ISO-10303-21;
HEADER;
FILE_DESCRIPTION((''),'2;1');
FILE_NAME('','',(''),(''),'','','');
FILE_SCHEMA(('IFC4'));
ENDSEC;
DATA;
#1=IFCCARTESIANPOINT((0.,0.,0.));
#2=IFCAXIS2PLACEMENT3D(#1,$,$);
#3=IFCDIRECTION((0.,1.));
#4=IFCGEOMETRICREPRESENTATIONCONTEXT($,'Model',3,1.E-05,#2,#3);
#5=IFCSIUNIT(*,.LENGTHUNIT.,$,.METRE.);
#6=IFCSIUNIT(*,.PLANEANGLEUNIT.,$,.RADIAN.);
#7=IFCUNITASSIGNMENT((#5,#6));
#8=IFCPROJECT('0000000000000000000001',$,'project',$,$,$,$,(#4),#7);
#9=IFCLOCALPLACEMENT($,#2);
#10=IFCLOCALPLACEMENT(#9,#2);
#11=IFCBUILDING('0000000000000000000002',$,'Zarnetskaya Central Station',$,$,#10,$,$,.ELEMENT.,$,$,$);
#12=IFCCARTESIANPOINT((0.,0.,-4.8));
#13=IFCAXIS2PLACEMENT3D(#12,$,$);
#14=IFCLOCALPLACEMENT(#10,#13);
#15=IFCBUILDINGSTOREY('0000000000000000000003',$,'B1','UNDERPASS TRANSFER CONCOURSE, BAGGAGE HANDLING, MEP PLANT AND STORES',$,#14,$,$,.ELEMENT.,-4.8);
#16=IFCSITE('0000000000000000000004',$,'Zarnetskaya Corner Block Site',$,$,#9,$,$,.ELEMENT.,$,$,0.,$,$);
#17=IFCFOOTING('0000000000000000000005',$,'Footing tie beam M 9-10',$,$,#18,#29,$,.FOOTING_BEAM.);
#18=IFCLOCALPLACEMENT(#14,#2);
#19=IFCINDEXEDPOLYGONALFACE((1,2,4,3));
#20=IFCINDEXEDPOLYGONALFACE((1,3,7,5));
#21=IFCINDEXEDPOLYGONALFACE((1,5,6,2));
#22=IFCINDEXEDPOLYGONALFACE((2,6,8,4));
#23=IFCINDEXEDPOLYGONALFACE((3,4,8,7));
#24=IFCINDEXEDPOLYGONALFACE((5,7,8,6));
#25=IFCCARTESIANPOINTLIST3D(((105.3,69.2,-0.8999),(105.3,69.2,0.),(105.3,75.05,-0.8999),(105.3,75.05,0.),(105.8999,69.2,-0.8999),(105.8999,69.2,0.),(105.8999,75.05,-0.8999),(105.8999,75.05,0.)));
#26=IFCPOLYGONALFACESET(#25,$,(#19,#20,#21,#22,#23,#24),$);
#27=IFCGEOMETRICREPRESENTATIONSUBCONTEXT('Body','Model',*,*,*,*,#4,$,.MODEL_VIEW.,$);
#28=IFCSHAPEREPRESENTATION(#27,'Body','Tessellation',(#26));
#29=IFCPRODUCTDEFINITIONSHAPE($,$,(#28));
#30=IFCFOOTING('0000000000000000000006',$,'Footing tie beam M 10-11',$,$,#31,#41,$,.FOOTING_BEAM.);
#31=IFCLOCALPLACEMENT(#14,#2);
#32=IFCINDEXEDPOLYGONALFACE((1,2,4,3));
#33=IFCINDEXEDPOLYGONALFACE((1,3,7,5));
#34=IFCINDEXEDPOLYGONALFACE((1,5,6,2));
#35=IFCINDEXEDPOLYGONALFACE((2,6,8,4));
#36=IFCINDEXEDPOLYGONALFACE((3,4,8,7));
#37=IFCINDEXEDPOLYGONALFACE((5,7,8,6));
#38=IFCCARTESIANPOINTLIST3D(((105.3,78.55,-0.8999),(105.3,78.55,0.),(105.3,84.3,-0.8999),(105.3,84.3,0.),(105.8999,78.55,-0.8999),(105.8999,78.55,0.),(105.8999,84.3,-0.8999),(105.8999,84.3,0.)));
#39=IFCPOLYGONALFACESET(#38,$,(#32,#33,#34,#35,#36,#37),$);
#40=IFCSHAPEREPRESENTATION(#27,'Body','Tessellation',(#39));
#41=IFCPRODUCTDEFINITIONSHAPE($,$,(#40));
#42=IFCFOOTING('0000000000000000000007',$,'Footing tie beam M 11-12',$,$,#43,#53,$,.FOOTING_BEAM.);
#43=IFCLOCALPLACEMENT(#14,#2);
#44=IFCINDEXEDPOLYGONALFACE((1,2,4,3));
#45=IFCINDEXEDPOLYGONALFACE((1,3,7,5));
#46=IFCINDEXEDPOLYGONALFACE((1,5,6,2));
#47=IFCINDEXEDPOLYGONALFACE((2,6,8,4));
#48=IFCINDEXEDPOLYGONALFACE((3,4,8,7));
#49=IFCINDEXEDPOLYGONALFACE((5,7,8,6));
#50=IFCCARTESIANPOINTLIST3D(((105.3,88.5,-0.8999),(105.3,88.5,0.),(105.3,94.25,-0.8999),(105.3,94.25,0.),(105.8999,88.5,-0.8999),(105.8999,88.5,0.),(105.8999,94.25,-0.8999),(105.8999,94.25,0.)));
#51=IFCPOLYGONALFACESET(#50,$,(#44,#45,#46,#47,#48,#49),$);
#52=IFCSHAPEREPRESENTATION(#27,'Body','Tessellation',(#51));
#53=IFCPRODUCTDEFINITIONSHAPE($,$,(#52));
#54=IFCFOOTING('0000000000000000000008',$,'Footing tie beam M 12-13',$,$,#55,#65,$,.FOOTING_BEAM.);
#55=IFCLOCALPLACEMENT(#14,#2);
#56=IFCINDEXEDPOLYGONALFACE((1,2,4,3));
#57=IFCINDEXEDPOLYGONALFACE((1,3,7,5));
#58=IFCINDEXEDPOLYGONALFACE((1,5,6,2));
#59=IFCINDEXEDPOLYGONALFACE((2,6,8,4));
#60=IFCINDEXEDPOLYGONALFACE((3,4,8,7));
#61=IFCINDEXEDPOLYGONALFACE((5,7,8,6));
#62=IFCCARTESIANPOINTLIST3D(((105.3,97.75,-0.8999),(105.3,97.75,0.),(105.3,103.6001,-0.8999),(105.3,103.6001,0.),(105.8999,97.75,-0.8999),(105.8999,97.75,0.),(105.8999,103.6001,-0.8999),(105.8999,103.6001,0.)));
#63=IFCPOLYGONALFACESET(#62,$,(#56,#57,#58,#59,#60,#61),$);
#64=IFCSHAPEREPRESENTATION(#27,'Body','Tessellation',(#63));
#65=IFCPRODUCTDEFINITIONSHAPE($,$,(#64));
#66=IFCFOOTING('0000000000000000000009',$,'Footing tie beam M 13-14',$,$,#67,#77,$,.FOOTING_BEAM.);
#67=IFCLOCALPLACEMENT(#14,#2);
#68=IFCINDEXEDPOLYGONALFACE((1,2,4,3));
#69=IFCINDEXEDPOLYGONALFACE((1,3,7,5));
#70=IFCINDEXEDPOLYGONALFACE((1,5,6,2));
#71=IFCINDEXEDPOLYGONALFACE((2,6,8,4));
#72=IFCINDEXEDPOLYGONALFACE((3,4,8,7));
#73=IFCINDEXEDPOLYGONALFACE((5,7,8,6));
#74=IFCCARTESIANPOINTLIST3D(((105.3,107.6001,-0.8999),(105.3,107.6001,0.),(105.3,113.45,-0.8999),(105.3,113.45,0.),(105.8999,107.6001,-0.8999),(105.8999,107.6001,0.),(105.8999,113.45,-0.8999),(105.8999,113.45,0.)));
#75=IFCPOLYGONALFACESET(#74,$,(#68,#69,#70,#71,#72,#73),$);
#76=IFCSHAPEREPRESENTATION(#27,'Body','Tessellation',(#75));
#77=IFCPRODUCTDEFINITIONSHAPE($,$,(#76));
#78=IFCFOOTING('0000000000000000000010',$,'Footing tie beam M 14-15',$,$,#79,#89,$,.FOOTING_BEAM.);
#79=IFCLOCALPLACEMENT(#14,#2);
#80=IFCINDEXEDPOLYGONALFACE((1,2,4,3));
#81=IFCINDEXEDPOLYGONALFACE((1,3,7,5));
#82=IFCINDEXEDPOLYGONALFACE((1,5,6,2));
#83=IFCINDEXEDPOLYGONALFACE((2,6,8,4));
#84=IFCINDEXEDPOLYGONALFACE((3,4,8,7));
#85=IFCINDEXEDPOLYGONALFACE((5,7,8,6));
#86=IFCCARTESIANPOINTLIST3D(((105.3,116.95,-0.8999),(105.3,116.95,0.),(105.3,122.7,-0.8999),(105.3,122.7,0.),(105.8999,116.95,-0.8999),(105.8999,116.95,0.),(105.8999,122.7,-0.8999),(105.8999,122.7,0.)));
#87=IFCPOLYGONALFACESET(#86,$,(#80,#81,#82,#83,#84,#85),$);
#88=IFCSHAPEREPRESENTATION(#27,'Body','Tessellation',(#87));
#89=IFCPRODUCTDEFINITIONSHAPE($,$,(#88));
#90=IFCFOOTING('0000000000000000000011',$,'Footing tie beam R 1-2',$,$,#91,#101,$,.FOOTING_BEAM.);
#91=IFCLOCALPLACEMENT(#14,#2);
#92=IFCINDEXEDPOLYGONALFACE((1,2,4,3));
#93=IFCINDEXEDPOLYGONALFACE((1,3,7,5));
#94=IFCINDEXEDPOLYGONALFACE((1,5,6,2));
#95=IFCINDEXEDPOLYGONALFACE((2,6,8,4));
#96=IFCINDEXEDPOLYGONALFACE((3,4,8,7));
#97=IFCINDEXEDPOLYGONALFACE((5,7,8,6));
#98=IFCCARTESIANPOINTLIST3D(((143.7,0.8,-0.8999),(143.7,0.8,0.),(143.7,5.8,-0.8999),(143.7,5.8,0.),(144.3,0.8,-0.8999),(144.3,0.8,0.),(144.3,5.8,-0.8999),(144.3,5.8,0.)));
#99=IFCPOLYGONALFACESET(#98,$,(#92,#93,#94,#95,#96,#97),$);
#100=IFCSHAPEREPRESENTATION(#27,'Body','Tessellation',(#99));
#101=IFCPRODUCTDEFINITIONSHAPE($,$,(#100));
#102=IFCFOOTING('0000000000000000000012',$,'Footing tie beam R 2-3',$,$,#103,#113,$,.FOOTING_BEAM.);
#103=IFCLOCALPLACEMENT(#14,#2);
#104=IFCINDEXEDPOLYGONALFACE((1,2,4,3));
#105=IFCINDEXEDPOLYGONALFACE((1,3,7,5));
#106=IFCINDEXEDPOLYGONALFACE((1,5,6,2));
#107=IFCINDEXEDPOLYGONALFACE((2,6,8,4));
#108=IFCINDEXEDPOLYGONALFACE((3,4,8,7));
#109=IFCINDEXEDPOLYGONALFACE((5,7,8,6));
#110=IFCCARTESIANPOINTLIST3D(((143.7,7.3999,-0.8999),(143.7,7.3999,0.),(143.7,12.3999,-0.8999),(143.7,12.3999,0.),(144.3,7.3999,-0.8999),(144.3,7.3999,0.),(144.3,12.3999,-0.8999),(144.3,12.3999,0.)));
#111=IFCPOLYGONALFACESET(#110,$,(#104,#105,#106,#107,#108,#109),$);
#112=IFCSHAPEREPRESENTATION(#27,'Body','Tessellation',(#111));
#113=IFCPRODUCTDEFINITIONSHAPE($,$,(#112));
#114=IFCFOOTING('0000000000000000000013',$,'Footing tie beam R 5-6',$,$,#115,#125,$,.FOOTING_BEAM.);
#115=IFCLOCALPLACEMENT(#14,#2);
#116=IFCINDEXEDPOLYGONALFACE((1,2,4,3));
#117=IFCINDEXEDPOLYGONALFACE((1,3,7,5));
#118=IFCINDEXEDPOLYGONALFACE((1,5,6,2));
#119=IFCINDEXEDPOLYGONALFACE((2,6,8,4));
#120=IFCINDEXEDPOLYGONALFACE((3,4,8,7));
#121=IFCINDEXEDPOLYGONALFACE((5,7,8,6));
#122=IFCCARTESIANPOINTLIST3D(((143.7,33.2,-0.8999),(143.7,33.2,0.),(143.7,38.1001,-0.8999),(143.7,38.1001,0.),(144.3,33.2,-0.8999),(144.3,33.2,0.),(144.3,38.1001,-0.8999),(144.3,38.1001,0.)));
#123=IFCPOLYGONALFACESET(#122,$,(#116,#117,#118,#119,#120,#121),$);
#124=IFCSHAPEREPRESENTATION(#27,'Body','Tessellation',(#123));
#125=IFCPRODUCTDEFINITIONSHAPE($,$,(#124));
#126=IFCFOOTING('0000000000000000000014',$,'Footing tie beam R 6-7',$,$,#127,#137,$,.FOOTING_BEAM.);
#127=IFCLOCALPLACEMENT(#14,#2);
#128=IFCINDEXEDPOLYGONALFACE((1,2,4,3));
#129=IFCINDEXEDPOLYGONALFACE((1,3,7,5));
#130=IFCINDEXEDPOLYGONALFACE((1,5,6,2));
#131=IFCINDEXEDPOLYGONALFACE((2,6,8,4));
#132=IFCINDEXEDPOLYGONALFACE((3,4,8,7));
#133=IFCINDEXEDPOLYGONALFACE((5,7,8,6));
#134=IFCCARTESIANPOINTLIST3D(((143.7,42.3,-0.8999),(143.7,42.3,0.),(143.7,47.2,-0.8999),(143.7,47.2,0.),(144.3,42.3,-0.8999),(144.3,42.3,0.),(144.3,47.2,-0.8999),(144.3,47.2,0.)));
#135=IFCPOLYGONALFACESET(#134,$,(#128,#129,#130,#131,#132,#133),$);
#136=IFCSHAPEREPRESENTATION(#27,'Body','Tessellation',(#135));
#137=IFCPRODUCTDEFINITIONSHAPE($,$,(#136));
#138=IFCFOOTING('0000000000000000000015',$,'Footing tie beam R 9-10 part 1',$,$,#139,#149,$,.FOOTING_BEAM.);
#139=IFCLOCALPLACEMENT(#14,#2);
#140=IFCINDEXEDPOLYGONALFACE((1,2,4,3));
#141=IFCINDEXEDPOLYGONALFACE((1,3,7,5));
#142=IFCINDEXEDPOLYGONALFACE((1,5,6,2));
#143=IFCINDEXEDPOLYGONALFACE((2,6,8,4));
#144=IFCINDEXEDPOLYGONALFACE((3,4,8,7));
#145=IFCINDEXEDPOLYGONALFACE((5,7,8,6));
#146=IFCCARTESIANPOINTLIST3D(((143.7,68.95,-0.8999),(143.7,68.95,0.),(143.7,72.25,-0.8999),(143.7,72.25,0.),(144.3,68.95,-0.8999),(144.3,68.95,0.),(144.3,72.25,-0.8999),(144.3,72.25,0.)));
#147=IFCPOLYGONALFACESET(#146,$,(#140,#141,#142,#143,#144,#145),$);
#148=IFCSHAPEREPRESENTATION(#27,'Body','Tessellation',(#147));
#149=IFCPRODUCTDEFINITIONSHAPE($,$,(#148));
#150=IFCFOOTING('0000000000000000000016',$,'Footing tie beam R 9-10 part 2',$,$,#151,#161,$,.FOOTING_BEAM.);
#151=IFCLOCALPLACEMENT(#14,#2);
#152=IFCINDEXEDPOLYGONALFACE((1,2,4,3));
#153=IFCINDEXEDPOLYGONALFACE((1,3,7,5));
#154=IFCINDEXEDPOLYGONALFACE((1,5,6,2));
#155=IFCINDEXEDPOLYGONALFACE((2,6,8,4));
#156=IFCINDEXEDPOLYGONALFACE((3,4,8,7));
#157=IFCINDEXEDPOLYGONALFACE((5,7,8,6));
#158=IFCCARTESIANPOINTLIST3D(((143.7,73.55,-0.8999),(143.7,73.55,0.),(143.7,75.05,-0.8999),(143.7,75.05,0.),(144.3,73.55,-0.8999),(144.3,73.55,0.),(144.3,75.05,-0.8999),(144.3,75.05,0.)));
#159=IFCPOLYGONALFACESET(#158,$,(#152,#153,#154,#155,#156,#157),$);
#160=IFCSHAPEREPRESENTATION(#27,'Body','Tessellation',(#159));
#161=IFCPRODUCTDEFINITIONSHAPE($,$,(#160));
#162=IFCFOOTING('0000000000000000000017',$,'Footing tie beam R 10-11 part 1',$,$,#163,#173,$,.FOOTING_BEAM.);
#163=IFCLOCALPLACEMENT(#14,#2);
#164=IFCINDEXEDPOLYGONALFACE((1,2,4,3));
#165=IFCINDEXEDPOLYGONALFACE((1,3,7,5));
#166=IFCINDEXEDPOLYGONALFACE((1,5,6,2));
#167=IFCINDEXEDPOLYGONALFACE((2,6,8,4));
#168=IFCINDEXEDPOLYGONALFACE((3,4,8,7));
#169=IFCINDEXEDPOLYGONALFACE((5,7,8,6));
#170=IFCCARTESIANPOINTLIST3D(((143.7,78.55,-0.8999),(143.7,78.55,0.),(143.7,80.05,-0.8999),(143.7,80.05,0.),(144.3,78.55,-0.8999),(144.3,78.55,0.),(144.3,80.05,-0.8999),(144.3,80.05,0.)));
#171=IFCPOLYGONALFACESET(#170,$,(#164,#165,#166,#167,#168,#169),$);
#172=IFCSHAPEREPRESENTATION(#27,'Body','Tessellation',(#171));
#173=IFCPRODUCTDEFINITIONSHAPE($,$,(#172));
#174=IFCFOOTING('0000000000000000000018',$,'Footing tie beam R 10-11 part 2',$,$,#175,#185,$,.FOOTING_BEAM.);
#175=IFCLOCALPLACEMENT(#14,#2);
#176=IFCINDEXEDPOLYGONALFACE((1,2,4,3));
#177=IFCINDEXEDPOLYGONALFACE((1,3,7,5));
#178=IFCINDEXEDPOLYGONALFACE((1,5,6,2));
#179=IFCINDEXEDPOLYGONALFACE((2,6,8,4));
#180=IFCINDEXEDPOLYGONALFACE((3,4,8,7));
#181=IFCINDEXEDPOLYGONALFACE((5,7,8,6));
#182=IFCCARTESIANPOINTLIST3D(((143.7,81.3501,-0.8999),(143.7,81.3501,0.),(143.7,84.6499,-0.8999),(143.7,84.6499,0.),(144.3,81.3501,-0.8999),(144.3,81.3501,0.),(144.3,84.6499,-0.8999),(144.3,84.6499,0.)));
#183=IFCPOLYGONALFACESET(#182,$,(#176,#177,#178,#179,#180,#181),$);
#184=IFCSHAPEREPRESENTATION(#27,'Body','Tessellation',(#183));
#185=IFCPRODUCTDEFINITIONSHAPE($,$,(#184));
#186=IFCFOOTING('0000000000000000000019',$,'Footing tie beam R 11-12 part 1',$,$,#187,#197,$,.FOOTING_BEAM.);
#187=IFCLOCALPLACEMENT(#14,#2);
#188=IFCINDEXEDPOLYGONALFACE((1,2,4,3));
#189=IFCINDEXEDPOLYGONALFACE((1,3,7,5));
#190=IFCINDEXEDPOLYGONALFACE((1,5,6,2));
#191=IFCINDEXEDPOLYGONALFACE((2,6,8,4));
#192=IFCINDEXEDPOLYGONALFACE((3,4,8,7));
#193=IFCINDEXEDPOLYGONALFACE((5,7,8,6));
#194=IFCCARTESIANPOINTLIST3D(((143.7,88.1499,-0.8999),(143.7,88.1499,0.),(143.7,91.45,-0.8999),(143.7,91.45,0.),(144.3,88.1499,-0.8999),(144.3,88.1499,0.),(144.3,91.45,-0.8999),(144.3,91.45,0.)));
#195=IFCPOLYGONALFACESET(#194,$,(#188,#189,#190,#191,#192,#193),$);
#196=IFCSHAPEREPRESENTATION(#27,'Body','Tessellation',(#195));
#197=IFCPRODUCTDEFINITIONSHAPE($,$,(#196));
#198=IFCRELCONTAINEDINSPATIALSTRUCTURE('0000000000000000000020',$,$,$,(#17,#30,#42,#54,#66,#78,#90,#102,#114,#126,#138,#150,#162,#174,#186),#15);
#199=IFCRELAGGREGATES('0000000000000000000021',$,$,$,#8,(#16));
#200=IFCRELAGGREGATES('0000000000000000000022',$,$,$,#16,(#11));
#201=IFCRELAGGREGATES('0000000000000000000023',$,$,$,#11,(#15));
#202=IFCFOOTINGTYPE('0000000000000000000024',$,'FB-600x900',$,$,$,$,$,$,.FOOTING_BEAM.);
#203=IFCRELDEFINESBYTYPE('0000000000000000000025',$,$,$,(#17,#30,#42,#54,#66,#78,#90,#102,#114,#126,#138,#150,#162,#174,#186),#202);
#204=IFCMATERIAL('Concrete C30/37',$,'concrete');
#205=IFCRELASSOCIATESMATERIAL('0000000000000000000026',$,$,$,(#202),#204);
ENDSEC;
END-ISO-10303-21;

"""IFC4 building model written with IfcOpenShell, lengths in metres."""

from ifc_helpers import new_model, si_unit, direction, frame, origin, place, context, subcontext, project, spatial, polyline, outline, extrude, material, type_object, element, save


model = new_model("IFC4")

# Units and contexts
model_context = context("Model", 3, precision=1e-05, world=origin(), true_north=direction((0.0, 1.0)))
body_context = subcontext(model_context, "Body", "Model", "MODEL_VIEW")
ifc_project = project(units=[si_unit("LENGTHUNIT", "METRE"), si_unit("PLANEANGLEUNIT", "RADIAN")], contexts=[model_context])

# Site, building, storey
site_placement = place(None, origin())
site = spatial("IfcSite", under=ifc_project, at=site_placement, Name="Zarnetskaya Corner Block Site", CompositionType="ELEMENT", RefElevation=0.0)
building_placement = place(site_placement, origin())
building = spatial("IfcBuilding", under=site, at=building_placement, Name="Zarnetskaya Central Station", CompositionType="ELEMENT")
storey_placement = place(building_placement, frame((0.0, 0.0, -4.8)))
storey = spatial("IfcBuildingStorey", under=building, at=storey_placement, Name="B1", Description="UNDERPASS TRANSFER CONCOURSE, BAGGAGE HANDLING, MEP PLANT AND STORES", CompositionType="ELEMENT", Elevation=-4.8)

# Footings
ifc_material = material(Name="Concrete C30/37", Category="concrete")
footing_type = type_object("IfcFootingType", Name="FB-600x900", PredefinedType="FOOTING_BEAM", material=ifc_material)
footing_1_placement = place(storey_placement, frame((0.0, 0.0, -0.8999)))
element("IfcFooting", 1, at=footing_1_placement, inside=storey, type_object=footing_type, Name="Footing tie beam M 9-10", PredefinedType="FOOTING_BEAM", context=body_context, shape_type="SweptSolid", body=[
    extrude(outline(polyline([(105.3, 69.2), (105.8999, 69.2), (105.8999, 75.05), (105.3, 75.05), (105.3, 69.2)])), origin(), (0.0, 0.0, 1.0), 0.8999),
])
footing_2_placement = place(storey_placement, frame((0.0, 0.0, -0.8999)))
element("IfcFooting", 2, at=footing_2_placement, inside=storey, type_object=footing_type, Name="Footing tie beam M 10-11", PredefinedType="FOOTING_BEAM", context=body_context, shape_type="SweptSolid", body=[
    extrude(outline(polyline([(105.3, 78.55), (105.8999, 78.55), (105.8999, 84.3), (105.3, 84.3), (105.3, 78.55)])), origin(), (0.0, 0.0, 1.0), 0.8999),
])
footing_3_placement = place(storey_placement, frame((0.0, 0.0, -0.8999)))
element("IfcFooting", 3, at=footing_3_placement, inside=storey, type_object=footing_type, Name="Footing tie beam M 11-12", PredefinedType="FOOTING_BEAM", context=body_context, shape_type="SweptSolid", body=[
    extrude(outline(polyline([(105.3, 88.5), (105.8999, 88.5), (105.8999, 94.25), (105.3, 94.25), (105.3, 88.5)])), origin(), (0.0, 0.0, 1.0), 0.8999),
])
footing_4_placement = place(storey_placement, frame((0.0, 0.0, -0.8999)))
element("IfcFooting", 4, at=footing_4_placement, inside=storey, type_object=footing_type, Name="Footing tie beam M 12-13", PredefinedType="FOOTING_BEAM", context=body_context, shape_type="SweptSolid", body=[
    extrude(outline(polyline([(105.3, 97.75), (105.8999, 97.75), (105.8999, 103.6001), (105.3, 103.6001), (105.3, 97.75)])), origin(), (0.0, 0.0, 1.0), 0.8999),
])
footing_5_placement = place(storey_placement, frame((0.0, 0.0, -0.8999)))
element("IfcFooting", 5, at=footing_5_placement, inside=storey, type_object=footing_type, Name="Footing tie beam M 13-14", PredefinedType="FOOTING_BEAM", context=body_context, shape_type="SweptSolid", body=[
    extrude(outline(polyline([(105.3, 107.6001), (105.8999, 107.6001), (105.8999, 113.45), (105.3, 113.45), (105.3, 107.6001)])), origin(), (0.0, 0.0, 1.0), 0.8999),
])
footing_6_placement = place(storey_placement, frame((0.0, 0.0, -0.8999)))
element("IfcFooting", 6, at=footing_6_placement, inside=storey, type_object=footing_type, Name="Footing tie beam M 14-15", PredefinedType="FOOTING_BEAM", context=body_context, shape_type="SweptSolid", body=[
    extrude(outline(polyline([(105.3, 116.95), (105.8999, 116.95), (105.8999, 122.7), (105.3, 122.7), (105.3, 116.95)])), origin(), (0.0, 0.0, 1.0), 0.8999),
])
footing_7_placement = place(storey_placement, frame((0.0, 0.0, -0.8999)))
element("IfcFooting", 7, at=footing_7_placement, inside=storey, type_object=footing_type, Name="Footing tie beam R 1-2", PredefinedType="FOOTING_BEAM", context=body_context, shape_type="SweptSolid", body=[
    extrude(outline(polyline([(143.7, 0.8), (144.3, 0.8), (144.3, 5.8), (143.7, 5.8), (143.7, 0.8)])), origin(), (0.0, 0.0, 1.0), 0.8999),
])
footing_8_placement = place(storey_placement, frame((0.0, 0.0, -0.8999)))
element("IfcFooting", 8, at=footing_8_placement, inside=storey, type_object=footing_type, Name="Footing tie beam R 2-3", PredefinedType="FOOTING_BEAM", context=body_context, shape_type="SweptSolid", body=[
    extrude(outline(polyline([(143.7, 7.3999), (144.3, 7.3999), (144.3, 12.3999), (143.7, 12.3999), (143.7, 7.3999)])), origin(), (0.0, 0.0, 1.0), 0.8999),
])
footing_9_placement = place(storey_placement, frame((0.0, 0.0, -0.8999)))
element("IfcFooting", 9, at=footing_9_placement, inside=storey, type_object=footing_type, Name="Footing tie beam R 5-6", PredefinedType="FOOTING_BEAM", context=body_context, shape_type="SweptSolid", body=[
    extrude(outline(polyline([(143.7, 33.2), (144.3, 33.2), (144.3, 38.1001), (143.7, 38.1001), (143.7, 33.2)])), origin(), (0.0, 0.0, 1.0), 0.8999),
])
footing_10_placement = place(storey_placement, frame((0.0, 0.0, -0.8999)))
element("IfcFooting", 10, at=footing_10_placement, inside=storey, type_object=footing_type, Name="Footing tie beam R 6-7", PredefinedType="FOOTING_BEAM", context=body_context, shape_type="SweptSolid", body=[
    extrude(outline(polyline([(143.7, 42.3), (144.3, 42.3), (144.3, 47.2), (143.7, 47.2), (143.7, 42.3)])), origin(), (0.0, 0.0, 1.0), 0.8999),
])
footing_11_placement = place(storey_placement, frame((0.0, 0.0, -0.8999)))
element("IfcFooting", 11, at=footing_11_placement, inside=storey, type_object=footing_type, Name="Footing tie beam R 9-10 part 1", PredefinedType="FOOTING_BEAM", context=body_context, shape_type="SweptSolid", body=[
    extrude(outline(polyline([(143.7, 68.95), (144.3, 68.95), (144.3, 72.25), (143.7, 72.25), (143.7, 68.95)])), origin(), (0.0, 0.0, 1.0), 0.8999),
])
footing_12_placement = place(storey_placement, frame((0.0, 0.0, -0.8999)))
element("IfcFooting", 12, at=footing_12_placement, inside=storey, type_object=footing_type, Name="Footing tie beam R 9-10 part 2", PredefinedType="FOOTING_BEAM", context=body_context, shape_type="SweptSolid", body=[
    extrude(outline(polyline([(143.7, 73.55), (144.3, 73.55), (144.3, 75.05), (143.7, 75.05), (143.7, 73.55)])), origin(), (0.0, 0.0, 1.0), 0.8999),
])
footing_13_placement = place(storey_placement, frame((0.0, 0.0, -0.8999)))
element("IfcFooting", 13, at=footing_13_placement, inside=storey, type_object=footing_type, Name="Footing tie beam R 10-11 part 1", PredefinedType="FOOTING_BEAM", context=body_context, shape_type="SweptSolid", body=[
    extrude(outline(polyline([(143.7, 78.55), (144.3, 78.55), (144.3, 80.05), (143.7, 80.05), (143.7, 78.55)])), origin(), (0.0, 0.0, 1.0), 0.8999),
])
footing_14_placement = place(storey_placement, frame((0.0, 0.0, -0.8999)))
element("IfcFooting", 14, at=footing_14_placement, inside=storey, type_object=footing_type, Name="Footing tie beam R 10-11 part 2", PredefinedType="FOOTING_BEAM", context=body_context, shape_type="SweptSolid", body=[
    extrude(outline(polyline([(143.7, 81.3501), (144.3, 81.3501), (144.3, 84.6499), (143.7, 84.6499), (143.7, 81.3501)])), origin(), (0.0, 0.0, 1.0), 0.8999),
])
footing_15_placement = place(storey_placement, frame((0.0, 0.0, -0.8999)))
element("IfcFooting", 15, at=footing_15_placement, inside=storey, type_object=footing_type, Name="Footing tie beam R 11-12 part 1", PredefinedType="FOOTING_BEAM", context=body_context, shape_type="SweptSolid", body=[
    extrude(outline(polyline([(143.7, 88.1499), (144.3, 88.1499), (144.3, 91.45), (143.7, 91.45), (143.7, 88.1499)])), origin(), (0.0, 0.0, 1.0), 0.8999),
])

save(model, "model.ifc")
